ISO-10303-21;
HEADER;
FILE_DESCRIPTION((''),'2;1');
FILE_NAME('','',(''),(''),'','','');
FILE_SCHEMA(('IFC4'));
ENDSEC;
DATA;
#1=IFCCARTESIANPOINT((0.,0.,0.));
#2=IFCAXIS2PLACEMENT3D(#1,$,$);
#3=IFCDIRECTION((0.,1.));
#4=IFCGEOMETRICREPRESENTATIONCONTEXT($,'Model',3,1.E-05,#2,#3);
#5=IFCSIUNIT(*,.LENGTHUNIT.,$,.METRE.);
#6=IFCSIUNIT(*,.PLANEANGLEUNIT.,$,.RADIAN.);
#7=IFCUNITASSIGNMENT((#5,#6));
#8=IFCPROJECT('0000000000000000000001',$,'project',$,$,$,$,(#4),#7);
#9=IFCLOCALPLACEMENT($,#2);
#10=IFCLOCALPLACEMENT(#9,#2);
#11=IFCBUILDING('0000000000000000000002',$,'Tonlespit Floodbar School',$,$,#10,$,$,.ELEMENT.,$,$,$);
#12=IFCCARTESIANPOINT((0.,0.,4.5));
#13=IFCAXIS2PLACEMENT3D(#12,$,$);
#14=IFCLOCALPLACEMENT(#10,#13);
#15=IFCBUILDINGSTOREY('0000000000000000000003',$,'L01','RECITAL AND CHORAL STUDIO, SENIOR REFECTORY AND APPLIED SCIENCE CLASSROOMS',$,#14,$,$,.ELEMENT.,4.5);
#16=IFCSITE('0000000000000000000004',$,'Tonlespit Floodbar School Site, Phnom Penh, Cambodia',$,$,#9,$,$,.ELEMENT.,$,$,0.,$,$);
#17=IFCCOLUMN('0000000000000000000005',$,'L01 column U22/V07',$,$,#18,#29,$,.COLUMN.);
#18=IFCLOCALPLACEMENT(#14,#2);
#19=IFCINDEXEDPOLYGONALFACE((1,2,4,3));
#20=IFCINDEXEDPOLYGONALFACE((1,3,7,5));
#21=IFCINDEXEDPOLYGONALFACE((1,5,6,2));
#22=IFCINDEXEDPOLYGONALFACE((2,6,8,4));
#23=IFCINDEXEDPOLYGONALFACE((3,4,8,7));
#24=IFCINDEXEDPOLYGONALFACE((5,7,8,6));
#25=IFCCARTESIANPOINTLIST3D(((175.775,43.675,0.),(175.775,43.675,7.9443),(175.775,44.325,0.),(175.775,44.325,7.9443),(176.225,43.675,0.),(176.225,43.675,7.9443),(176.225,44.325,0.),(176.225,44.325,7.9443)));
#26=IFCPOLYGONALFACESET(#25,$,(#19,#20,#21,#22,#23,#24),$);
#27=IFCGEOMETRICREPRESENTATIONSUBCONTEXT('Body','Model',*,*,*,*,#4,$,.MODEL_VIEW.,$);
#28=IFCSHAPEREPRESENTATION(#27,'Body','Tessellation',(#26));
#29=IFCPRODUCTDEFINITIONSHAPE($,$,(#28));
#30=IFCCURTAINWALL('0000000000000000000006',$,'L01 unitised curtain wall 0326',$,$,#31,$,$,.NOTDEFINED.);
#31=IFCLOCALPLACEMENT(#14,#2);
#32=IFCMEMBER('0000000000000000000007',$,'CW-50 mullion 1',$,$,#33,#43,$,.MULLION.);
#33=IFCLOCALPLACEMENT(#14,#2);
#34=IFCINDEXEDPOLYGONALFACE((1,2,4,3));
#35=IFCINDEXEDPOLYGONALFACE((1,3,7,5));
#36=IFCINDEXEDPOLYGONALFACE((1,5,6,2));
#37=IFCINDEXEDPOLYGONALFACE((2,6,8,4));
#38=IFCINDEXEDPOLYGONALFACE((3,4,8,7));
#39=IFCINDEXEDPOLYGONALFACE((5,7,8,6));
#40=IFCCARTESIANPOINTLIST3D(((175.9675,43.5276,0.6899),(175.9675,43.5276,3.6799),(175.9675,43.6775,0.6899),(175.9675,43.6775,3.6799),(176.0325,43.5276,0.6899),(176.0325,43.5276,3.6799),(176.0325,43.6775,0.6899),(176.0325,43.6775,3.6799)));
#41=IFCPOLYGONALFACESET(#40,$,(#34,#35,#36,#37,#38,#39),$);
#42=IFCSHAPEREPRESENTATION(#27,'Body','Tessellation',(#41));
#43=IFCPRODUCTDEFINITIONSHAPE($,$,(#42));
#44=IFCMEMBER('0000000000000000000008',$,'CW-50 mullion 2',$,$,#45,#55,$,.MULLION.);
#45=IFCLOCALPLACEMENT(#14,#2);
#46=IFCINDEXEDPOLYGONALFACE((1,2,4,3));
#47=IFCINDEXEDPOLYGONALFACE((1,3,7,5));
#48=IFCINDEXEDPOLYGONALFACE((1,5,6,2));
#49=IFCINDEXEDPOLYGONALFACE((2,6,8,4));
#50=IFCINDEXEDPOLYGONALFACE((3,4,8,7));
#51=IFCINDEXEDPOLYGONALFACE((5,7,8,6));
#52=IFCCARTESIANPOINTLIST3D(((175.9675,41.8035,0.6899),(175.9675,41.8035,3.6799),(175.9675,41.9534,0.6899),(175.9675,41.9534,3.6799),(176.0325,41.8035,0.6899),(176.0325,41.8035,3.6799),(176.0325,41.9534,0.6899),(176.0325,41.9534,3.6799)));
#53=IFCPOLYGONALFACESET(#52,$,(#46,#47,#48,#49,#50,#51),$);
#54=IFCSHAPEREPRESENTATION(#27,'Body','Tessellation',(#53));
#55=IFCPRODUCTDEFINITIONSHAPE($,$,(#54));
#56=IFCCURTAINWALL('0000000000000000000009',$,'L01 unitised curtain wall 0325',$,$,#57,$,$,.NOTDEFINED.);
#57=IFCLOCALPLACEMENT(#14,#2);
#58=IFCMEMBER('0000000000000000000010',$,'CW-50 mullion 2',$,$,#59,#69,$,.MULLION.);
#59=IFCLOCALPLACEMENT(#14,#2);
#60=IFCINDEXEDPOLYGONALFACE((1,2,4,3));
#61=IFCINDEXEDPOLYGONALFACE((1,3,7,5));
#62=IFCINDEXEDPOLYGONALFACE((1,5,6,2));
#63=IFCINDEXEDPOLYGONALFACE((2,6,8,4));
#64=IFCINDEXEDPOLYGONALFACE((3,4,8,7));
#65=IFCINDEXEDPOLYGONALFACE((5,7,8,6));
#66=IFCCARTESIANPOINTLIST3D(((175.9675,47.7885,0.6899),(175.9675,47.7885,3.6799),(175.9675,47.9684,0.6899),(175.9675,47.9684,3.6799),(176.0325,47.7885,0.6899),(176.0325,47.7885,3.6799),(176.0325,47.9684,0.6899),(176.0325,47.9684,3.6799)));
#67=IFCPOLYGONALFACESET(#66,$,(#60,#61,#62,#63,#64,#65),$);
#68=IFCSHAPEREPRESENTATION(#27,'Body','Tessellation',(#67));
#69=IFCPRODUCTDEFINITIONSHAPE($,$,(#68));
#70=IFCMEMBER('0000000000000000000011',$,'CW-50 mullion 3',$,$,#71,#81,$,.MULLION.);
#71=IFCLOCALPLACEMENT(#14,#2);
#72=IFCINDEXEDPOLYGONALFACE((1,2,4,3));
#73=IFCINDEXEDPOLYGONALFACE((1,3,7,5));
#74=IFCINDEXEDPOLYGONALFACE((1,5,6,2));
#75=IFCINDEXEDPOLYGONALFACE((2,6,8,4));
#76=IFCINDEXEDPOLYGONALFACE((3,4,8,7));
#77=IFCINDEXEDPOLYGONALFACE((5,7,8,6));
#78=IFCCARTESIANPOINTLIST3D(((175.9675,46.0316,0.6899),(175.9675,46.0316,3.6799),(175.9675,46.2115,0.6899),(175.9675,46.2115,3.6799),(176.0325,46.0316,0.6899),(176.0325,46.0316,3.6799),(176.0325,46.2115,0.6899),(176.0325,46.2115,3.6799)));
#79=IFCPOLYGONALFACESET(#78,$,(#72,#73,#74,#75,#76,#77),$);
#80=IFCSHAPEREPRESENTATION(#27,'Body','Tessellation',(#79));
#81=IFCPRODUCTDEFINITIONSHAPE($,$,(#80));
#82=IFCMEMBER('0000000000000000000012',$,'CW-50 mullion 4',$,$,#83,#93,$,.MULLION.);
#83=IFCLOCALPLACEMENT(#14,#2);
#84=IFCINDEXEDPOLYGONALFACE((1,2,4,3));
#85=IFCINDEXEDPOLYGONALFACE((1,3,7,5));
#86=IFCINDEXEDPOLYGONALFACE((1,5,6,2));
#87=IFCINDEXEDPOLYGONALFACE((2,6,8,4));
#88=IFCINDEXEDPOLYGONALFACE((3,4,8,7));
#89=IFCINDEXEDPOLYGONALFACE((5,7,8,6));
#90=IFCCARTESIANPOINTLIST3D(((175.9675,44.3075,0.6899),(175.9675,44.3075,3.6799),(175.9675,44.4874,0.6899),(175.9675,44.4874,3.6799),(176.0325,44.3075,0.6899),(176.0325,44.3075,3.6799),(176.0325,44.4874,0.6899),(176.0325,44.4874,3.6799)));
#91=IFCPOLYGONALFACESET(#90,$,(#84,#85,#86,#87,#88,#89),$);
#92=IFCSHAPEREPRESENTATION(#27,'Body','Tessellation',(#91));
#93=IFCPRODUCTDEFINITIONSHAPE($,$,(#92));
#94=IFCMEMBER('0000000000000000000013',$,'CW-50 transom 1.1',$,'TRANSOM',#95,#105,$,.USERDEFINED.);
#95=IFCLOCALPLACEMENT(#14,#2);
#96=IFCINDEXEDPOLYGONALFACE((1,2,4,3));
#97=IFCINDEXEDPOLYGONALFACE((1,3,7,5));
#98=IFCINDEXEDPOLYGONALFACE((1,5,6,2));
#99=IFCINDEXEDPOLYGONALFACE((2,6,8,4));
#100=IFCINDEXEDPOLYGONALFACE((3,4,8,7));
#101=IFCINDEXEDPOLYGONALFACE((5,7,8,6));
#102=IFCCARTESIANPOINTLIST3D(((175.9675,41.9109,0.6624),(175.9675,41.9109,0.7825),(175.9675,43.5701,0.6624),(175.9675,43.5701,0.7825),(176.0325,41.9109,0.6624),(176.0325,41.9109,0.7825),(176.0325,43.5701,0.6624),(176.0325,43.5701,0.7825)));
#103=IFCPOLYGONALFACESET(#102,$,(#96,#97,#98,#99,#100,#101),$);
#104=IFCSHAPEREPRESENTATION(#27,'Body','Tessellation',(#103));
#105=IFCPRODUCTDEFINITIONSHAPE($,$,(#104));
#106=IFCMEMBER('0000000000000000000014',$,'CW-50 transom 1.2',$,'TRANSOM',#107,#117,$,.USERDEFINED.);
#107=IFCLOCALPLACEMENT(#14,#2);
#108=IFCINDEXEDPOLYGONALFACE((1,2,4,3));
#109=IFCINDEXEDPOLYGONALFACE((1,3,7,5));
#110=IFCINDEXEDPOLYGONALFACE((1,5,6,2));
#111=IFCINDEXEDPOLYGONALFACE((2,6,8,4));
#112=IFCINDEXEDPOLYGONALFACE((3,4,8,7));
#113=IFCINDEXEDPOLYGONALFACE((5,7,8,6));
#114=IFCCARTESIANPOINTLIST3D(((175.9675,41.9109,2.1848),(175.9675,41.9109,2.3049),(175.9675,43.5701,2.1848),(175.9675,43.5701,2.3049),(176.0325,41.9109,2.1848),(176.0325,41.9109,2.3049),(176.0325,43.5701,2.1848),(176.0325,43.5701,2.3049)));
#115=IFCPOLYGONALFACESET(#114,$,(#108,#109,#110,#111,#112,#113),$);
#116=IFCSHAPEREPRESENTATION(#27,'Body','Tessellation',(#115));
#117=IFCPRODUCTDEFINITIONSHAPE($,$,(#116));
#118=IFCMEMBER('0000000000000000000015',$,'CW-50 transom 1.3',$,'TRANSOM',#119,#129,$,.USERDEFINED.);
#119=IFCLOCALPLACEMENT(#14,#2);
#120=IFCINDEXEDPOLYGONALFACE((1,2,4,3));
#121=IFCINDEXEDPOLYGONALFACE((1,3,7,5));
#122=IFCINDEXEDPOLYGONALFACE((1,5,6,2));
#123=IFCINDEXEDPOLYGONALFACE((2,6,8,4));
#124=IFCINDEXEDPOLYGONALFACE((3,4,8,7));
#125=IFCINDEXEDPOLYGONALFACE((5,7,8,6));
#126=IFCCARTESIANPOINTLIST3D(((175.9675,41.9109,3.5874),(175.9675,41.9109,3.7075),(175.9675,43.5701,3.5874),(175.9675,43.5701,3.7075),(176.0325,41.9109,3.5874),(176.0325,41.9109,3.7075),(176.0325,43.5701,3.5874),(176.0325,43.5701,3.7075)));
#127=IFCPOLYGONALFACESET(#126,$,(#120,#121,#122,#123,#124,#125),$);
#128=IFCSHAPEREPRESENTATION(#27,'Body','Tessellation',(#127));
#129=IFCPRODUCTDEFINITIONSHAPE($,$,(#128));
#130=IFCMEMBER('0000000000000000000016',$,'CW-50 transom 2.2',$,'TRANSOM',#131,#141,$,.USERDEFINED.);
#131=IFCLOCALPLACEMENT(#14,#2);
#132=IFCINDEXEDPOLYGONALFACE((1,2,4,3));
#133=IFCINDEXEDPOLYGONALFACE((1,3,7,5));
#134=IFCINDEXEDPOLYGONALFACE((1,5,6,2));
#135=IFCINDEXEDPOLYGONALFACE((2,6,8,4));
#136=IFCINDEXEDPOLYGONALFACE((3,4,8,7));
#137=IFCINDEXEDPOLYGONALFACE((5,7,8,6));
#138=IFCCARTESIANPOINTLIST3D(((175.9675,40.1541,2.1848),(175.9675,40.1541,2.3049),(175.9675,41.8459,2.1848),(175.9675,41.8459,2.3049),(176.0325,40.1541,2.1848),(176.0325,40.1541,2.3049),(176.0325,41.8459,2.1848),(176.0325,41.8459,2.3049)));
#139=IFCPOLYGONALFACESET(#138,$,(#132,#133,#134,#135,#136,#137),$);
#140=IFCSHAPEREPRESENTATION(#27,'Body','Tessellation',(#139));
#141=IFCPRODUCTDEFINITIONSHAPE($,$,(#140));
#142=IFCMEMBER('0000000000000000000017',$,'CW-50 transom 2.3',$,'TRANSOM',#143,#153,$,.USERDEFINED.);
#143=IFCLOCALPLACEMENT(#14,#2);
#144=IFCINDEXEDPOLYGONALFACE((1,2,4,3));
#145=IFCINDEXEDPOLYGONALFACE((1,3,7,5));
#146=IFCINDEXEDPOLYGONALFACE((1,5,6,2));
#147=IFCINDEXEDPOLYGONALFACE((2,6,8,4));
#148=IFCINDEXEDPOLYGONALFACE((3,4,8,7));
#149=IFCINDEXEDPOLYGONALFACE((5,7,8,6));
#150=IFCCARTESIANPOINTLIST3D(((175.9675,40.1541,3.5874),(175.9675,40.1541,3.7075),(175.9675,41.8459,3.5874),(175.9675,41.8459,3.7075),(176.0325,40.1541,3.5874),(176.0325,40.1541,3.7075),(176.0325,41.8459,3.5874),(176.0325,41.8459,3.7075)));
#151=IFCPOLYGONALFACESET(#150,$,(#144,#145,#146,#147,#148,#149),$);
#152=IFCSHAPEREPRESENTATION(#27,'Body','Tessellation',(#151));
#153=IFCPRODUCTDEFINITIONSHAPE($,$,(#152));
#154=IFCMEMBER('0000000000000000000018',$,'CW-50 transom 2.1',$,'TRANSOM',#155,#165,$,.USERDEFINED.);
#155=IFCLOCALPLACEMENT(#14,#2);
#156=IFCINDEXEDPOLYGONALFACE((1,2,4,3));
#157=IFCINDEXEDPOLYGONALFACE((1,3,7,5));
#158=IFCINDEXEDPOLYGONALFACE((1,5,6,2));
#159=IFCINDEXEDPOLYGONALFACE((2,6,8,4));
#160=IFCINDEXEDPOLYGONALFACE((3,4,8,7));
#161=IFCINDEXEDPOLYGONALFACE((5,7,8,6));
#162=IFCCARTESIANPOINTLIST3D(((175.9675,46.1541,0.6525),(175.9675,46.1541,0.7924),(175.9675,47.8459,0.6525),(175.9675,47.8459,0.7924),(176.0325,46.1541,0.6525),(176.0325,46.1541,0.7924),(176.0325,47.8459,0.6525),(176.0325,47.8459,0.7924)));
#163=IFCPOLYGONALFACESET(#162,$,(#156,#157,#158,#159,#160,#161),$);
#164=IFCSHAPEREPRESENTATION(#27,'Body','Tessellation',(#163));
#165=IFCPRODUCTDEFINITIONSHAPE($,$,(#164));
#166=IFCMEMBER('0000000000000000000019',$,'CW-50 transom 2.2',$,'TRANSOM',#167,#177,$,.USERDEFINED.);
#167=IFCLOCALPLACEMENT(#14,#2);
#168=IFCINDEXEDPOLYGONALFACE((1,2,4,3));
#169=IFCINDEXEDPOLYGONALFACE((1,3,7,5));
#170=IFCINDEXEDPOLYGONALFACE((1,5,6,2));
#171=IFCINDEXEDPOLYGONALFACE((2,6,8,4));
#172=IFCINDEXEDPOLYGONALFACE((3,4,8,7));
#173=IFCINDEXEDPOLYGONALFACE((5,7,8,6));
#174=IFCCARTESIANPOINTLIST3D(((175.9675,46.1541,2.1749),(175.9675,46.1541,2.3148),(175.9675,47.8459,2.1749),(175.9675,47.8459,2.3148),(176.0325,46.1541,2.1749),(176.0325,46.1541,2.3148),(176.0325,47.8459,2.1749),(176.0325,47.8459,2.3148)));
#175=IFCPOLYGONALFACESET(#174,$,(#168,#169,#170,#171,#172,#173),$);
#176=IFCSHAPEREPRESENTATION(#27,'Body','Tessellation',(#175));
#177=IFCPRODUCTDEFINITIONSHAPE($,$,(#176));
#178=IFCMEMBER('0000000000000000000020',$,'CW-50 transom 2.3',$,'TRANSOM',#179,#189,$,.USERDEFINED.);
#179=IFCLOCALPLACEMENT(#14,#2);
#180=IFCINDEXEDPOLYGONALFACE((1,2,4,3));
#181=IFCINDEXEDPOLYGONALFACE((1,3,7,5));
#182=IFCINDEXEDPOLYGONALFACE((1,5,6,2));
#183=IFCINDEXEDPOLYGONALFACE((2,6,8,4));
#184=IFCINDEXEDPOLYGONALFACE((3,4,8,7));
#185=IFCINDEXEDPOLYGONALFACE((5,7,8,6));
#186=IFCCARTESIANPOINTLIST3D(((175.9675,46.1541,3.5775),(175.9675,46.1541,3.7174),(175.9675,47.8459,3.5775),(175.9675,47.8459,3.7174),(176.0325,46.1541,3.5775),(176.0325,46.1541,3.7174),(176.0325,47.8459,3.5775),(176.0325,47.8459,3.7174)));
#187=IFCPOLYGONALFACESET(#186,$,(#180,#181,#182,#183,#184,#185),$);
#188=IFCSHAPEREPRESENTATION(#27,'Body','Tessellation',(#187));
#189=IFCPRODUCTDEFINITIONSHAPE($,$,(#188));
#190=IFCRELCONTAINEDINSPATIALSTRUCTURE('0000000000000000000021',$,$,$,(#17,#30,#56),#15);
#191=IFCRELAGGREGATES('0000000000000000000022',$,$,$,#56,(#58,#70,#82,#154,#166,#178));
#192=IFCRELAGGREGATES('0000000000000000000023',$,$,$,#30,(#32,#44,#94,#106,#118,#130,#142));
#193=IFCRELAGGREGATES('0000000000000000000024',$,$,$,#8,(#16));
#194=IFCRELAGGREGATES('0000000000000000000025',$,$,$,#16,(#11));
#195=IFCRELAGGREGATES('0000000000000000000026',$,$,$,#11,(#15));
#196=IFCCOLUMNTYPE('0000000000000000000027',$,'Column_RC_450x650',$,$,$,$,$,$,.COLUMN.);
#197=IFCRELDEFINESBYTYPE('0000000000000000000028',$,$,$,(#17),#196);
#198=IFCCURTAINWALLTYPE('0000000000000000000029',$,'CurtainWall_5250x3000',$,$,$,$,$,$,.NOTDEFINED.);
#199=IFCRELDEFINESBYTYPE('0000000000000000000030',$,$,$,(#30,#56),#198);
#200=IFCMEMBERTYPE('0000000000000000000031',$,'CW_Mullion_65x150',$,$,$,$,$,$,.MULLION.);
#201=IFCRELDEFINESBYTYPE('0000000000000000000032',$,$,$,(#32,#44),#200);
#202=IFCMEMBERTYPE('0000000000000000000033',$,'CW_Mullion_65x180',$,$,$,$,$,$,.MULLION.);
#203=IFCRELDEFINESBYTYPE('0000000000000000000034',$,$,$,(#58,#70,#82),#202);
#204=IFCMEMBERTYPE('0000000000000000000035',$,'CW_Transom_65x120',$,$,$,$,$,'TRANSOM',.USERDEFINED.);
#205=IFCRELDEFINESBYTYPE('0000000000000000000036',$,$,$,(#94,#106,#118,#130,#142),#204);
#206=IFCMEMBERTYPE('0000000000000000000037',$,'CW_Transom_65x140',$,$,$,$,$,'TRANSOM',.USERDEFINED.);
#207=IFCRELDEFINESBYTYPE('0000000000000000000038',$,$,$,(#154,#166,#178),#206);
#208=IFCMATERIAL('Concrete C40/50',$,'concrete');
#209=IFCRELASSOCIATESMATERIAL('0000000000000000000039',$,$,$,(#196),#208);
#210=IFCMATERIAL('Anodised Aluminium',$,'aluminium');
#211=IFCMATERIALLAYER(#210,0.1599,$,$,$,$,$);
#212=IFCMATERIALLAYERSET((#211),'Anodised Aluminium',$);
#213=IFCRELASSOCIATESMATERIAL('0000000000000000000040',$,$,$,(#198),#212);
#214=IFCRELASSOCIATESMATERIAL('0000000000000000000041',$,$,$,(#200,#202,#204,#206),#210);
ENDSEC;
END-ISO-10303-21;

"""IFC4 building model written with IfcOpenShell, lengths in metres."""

from ifc_helpers import new_model, si_unit, direction, frame, origin, origin_2d, place, context, subcontext, project, spatial, rectangle, extrude, material, layer, layer_set, material_profile, profile_set, type_object, element, aggregate, save


model = new_model("IFC4")

# Units and contexts
model_context = context("Model", 3, precision=1e-05, world=origin(), true_north=direction((0.0, 1.0)))
body_context = subcontext(model_context, "Body", "Model", "MODEL_VIEW")
ifc_project = project(units=[si_unit("LENGTHUNIT", "METRE"), si_unit("PLANEANGLEUNIT", "RADIAN")], contexts=[model_context])

# Site, building, storey
site_placement = place(None, origin())
site = spatial("IfcSite", under=ifc_project, at=site_placement, Name="Tonlespit Floodbar School Site, Phnom Penh, Cambodia", CompositionType="ELEMENT", RefElevation=0.0)
building_placement = place(site_placement, origin())
building = spatial("IfcBuilding", under=site, at=building_placement, Name="Tonlespit Floodbar School", CompositionType="ELEMENT")
storey_placement = place(building_placement, frame((0.0, 0.0, 4.5)))
storey = spatial("IfcBuildingStorey", under=building, at=storey_placement, Name="L01", Description="RECITAL AND CHORAL STUDIO, SENIOR REFECTORY AND APPLIED SCIENCE CLASSROOMS", CompositionType="ELEMENT", Elevation=4.5)

# Column
ifc_material_1 = material(Name="Concrete C40/50", Category="concrete")
ifc_material_profile_1 = material_profile(ifc_material_1, rectangle(XDim=0.45, YDim=0.6499, at=origin_2d()), Name="RC 450x650")
ifc_profile_set_1 = profile_set([ifc_material_profile_1], Name="Concrete C40/50")
column_type = type_object("IfcColumnType", Name="Column_RC_450x650", PredefinedType="COLUMN", material=ifc_profile_set_1)
column_placement = place(storey_placement, frame((176.0, 44.0, 0.0), z_axis=(0.0, 0.0, 1.0), x_axis=(1.0, 0.0, 0.0)))
element("IfcColumn", 1, at=column_placement, inside=storey, type_object=column_type, Name="L01 column U22/V07", PredefinedType="COLUMN", context=body_context, shape_type="SweptSolid", body=[
    extrude(rectangle(XDim=0.45, YDim=0.6499, at=origin_2d()), origin(), (0.0, 0.0, 1.0), 7.9443),
])

# Curtain walls, members
ifc_material_2 = material(Name="Anodised Aluminium", Category="aluminium")
ifc_layer_1 = layer(ifc_material_2, 0.1599)
ifc_layer_set_1 = layer_set([ifc_layer_1], Name="Anodised Aluminium")
curtain_wall_type = type_object("IfcCurtainWallType", Name="CurtainWall_5250x3000", PredefinedType="NOTDEFINED", material=ifc_layer_set_1)
curtain_wall_1_placement = place(storey_placement, origin())
curtain_wall_1 = element("IfcCurtainWall", 2, at=curtain_wall_1_placement, inside=storey, type_object=curtain_wall_type, Name="L01 unitised curtain wall 0326", PredefinedType="NOTDEFINED")
ifc_material_profile_2 = material_profile(ifc_material_2, rectangle(XDim=0.0649, YDim=0.1499, at=origin_2d()), Name="ALU M65x150")
ifc_profile_set_2 = profile_set([ifc_material_profile_2], Name="Anodised Aluminium")
member_type_1 = type_object("IfcMemberType", Name="CW_Mullion_65x150", PredefinedType="MULLION", material=ifc_profile_set_2)
member_1_placement = place(storey_placement, frame((176.0, 43.6025, 0.6899), z_axis=(0.0, 0.0, 1.0), x_axis=(1.0, 0.0, 0.0)))
member_1 = element("IfcMember", 3, at=member_1_placement, type_object=member_type_1, Name="CW-50 mullion 1", PredefinedType="MULLION", context=body_context, shape_type="SweptSolid", body=[
    extrude(rectangle(XDim=0.0649, YDim=0.1499, at=origin_2d()), origin(), (0.0, 0.0, 1.0), 2.99),
])
member_2_placement = place(storey_placement, frame((176.0, 41.8784, 0.6899), z_axis=(0.0, 0.0, 1.0), x_axis=(1.0, 0.0, 0.0)))
member_2 = element("IfcMember", 4, at=member_2_placement, type_object=member_type_1, Name="CW-50 mullion 2", PredefinedType="MULLION", context=body_context, shape_type="SweptSolid", body=[
    extrude(rectangle(XDim=0.0649, YDim=0.1499, at=origin_2d()), origin(), (0.0, 0.0, 1.0), 2.99),
])
curtain_wall_2_placement = place(storey_placement, origin())
curtain_wall_2 = element("IfcCurtainWall", 5, at=curtain_wall_2_placement, inside=storey, type_object=curtain_wall_type, Name="L01 unitised curtain wall 0325", PredefinedType="NOTDEFINED")
ifc_material_profile_3 = material_profile(ifc_material_2, rectangle(XDim=0.0649, YDim=0.1799, at=origin_2d()), Name="ALU M65x180")
ifc_profile_set_3 = profile_set([ifc_material_profile_3], Name="Anodised Aluminium")
member_type_2 = type_object("IfcMemberType", Name="CW_Mullion_65x180", PredefinedType="MULLION", material=ifc_profile_set_3)
member_3_placement = place(storey_placement, frame((176.0, 47.8784, 0.6899), z_axis=(0.0, 0.0, 1.0), x_axis=(1.0, 0.0, 0.0)))
member_3 = element("IfcMember", 6, at=member_3_placement, type_object=member_type_2, Name="CW-50 mullion 2", PredefinedType="MULLION", context=body_context, shape_type="SweptSolid", body=[
    extrude(rectangle(XDim=0.0649, YDim=0.1799, at=origin_2d()), origin(), (0.0, 0.0, 1.0), 2.99),
])
member_4_placement = place(storey_placement, frame((176.0, 46.1216, 0.6899), z_axis=(0.0, 0.0, 1.0), x_axis=(1.0, 0.0, 0.0)))
member_4 = element("IfcMember", 7, at=member_4_placement, type_object=member_type_2, Name="CW-50 mullion 3", PredefinedType="MULLION", context=body_context, shape_type="SweptSolid", body=[
    extrude(rectangle(XDim=0.0649, YDim=0.1799, at=origin_2d()), origin(), (0.0, 0.0, 1.0), 2.99),
])
member_5_placement = place(storey_placement, frame((176.0, 44.3975, 0.6899), z_axis=(0.0, 0.0, 1.0), x_axis=(1.0, 0.0, 0.0)))
member_5 = element("IfcMember", 8, at=member_5_placement, type_object=member_type_2, Name="CW-50 mullion 4", PredefinedType="MULLION", context=body_context, shape_type="SweptSolid", body=[
    extrude(rectangle(XDim=0.0649, YDim=0.1799, at=origin_2d()), origin(), (0.0, 0.0, 1.0), 2.99),
])

# Members
ifc_material_profile_4 = material_profile(ifc_material_2, rectangle(XDim=0.0649, YDim=0.1201, at=origin_2d()), Name="ALU T65x120")
ifc_profile_set_4 = profile_set([ifc_material_profile_4], Name="Anodised Aluminium")
member_type_3 = type_object("IfcMemberType", Name="CW_Transom_65x120", ElementType="TRANSOM", PredefinedType="USERDEFINED", material=ifc_profile_set_4)
member_6_placement = place(storey_placement, frame((176.0, 43.5701, 0.7224), z_axis=(0.0, -1.0, 0.0), x_axis=(1.0, 0.0, 0.0)))
member_6 = element("IfcMember", 9, at=member_6_placement, type_object=member_type_3, Name="CW-50 transom 1.1", ObjectType="TRANSOM", PredefinedType="USERDEFINED", context=body_context, shape_type="SweptSolid", body=[
    extrude(rectangle(XDim=0.0649, YDim=0.1201, at=origin_2d()), origin(), (0.0, 0.0, 1.0), 1.6592),
])
member_7_placement = place(storey_placement, frame((176.0, 43.5701, 2.2449), z_axis=(0.0, -1.0, 0.0), x_axis=(1.0, 0.0, 0.0)))
member_7 = element("IfcMember", 10, at=member_7_placement, type_object=member_type_3, Name="CW-50 transom 1.2", ObjectType="TRANSOM", PredefinedType="USERDEFINED", context=body_context, shape_type="SweptSolid", body=[
    extrude(rectangle(XDim=0.0649, YDim=0.1201, at=origin_2d()), origin(), (0.0, 0.0, 1.0), 1.6592),
])
member_8_placement = place(storey_placement, frame((176.0, 43.5701, 3.6475), z_axis=(0.0, -1.0, 0.0), x_axis=(1.0, 0.0, 0.0)))
member_8 = element("IfcMember", 11, at=member_8_placement, type_object=member_type_3, Name="CW-50 transom 1.3", ObjectType="TRANSOM", PredefinedType="USERDEFINED", context=body_context, shape_type="SweptSolid", body=[
    extrude(rectangle(XDim=0.0649, YDim=0.1201, at=origin_2d()), origin(), (0.0, 0.0, 1.0), 1.6592),
])
member_9_placement = place(storey_placement, frame((176.0, 41.8459, 2.2449), z_axis=(0.0, -1.0, 0.0), x_axis=(1.0, 0.0, 0.0)))
member_9 = element("IfcMember", 12, at=member_9_placement, type_object=member_type_3, Name="CW-50 transom 2.2", ObjectType="TRANSOM", PredefinedType="USERDEFINED", context=body_context, shape_type="SweptSolid", body=[
    extrude(rectangle(XDim=0.0649, YDim=0.1201, at=origin_2d()), origin(), (0.0, 0.0, 1.0), 1.6919),
])
member_10_placement = place(storey_placement, frame((176.0, 41.8459, 3.6475), z_axis=(0.0, -1.0, 0.0), x_axis=(1.0, 0.0, 0.0)))
member_10 = element("IfcMember", 13, at=member_10_placement, type_object=member_type_3, Name="CW-50 transom 2.3", ObjectType="TRANSOM", PredefinedType="USERDEFINED", context=body_context, shape_type="SweptSolid", body=[
    extrude(rectangle(XDim=0.0649, YDim=0.1201, at=origin_2d()), origin(), (0.0, 0.0, 1.0), 1.6919),
])
ifc_material_profile_5 = material_profile(ifc_material_2, rectangle(XDim=0.0649, YDim=0.1399, at=origin_2d()), Name="ALU T65x140")
ifc_profile_set_5 = profile_set([ifc_material_profile_5], Name="Anodised Aluminium")
member_type_4 = type_object("IfcMemberType", Name="CW_Transom_65x140", ElementType="TRANSOM", PredefinedType="USERDEFINED", material=ifc_profile_set_5)
member_11_placement = place(storey_placement, frame((176.0, 47.8459, 0.7224), z_axis=(0.0, -1.0, 0.0), x_axis=(1.0, 0.0, 0.0)))
member_11 = element("IfcMember", 14, at=member_11_placement, type_object=member_type_4, Name="CW-50 transom 2.1", ObjectType="TRANSOM", PredefinedType="USERDEFINED", context=body_context, shape_type="SweptSolid", body=[
    extrude(rectangle(XDim=0.0649, YDim=0.1399, at=origin_2d()), origin(), (0.0, 0.0, 1.0), 1.6919),
])
member_12_placement = place(storey_placement, frame((176.0, 47.8459, 2.2449), z_axis=(0.0, -1.0, 0.0), x_axis=(1.0, 0.0, 0.0)))
member_12 = element("IfcMember", 15, at=member_12_placement, type_object=member_type_4, Name="CW-50 transom 2.2", ObjectType="TRANSOM", PredefinedType="USERDEFINED", context=body_context, shape_type="SweptSolid", body=[
    extrude(rectangle(XDim=0.0649, YDim=0.1399, at=origin_2d()), origin(), (0.0, 0.0, 1.0), 1.6919),
])
member_13_placement = place(storey_placement, frame((176.0, 47.8459, 3.6475), z_axis=(0.0, -1.0, 0.0), x_axis=(1.0, 0.0, 0.0)))
member_13 = element("IfcMember", 16, at=member_13_placement, type_object=member_type_4, Name="CW-50 transom 2.3", ObjectType="TRANSOM", PredefinedType="USERDEFINED", context=body_context, shape_type="SweptSolid", body=[
    extrude(rectangle(XDim=0.0649, YDim=0.1399, at=origin_2d()), origin(), (0.0, 0.0, 1.0), 1.6919),
])

aggregate(curtain_wall_2, [member_3, member_4, member_5, member_11, member_12, member_13])
aggregate(curtain_wall_1, [member_1, member_2, member_6, member_7, member_8, member_9, member_10])

save(model, "model.ifc")
